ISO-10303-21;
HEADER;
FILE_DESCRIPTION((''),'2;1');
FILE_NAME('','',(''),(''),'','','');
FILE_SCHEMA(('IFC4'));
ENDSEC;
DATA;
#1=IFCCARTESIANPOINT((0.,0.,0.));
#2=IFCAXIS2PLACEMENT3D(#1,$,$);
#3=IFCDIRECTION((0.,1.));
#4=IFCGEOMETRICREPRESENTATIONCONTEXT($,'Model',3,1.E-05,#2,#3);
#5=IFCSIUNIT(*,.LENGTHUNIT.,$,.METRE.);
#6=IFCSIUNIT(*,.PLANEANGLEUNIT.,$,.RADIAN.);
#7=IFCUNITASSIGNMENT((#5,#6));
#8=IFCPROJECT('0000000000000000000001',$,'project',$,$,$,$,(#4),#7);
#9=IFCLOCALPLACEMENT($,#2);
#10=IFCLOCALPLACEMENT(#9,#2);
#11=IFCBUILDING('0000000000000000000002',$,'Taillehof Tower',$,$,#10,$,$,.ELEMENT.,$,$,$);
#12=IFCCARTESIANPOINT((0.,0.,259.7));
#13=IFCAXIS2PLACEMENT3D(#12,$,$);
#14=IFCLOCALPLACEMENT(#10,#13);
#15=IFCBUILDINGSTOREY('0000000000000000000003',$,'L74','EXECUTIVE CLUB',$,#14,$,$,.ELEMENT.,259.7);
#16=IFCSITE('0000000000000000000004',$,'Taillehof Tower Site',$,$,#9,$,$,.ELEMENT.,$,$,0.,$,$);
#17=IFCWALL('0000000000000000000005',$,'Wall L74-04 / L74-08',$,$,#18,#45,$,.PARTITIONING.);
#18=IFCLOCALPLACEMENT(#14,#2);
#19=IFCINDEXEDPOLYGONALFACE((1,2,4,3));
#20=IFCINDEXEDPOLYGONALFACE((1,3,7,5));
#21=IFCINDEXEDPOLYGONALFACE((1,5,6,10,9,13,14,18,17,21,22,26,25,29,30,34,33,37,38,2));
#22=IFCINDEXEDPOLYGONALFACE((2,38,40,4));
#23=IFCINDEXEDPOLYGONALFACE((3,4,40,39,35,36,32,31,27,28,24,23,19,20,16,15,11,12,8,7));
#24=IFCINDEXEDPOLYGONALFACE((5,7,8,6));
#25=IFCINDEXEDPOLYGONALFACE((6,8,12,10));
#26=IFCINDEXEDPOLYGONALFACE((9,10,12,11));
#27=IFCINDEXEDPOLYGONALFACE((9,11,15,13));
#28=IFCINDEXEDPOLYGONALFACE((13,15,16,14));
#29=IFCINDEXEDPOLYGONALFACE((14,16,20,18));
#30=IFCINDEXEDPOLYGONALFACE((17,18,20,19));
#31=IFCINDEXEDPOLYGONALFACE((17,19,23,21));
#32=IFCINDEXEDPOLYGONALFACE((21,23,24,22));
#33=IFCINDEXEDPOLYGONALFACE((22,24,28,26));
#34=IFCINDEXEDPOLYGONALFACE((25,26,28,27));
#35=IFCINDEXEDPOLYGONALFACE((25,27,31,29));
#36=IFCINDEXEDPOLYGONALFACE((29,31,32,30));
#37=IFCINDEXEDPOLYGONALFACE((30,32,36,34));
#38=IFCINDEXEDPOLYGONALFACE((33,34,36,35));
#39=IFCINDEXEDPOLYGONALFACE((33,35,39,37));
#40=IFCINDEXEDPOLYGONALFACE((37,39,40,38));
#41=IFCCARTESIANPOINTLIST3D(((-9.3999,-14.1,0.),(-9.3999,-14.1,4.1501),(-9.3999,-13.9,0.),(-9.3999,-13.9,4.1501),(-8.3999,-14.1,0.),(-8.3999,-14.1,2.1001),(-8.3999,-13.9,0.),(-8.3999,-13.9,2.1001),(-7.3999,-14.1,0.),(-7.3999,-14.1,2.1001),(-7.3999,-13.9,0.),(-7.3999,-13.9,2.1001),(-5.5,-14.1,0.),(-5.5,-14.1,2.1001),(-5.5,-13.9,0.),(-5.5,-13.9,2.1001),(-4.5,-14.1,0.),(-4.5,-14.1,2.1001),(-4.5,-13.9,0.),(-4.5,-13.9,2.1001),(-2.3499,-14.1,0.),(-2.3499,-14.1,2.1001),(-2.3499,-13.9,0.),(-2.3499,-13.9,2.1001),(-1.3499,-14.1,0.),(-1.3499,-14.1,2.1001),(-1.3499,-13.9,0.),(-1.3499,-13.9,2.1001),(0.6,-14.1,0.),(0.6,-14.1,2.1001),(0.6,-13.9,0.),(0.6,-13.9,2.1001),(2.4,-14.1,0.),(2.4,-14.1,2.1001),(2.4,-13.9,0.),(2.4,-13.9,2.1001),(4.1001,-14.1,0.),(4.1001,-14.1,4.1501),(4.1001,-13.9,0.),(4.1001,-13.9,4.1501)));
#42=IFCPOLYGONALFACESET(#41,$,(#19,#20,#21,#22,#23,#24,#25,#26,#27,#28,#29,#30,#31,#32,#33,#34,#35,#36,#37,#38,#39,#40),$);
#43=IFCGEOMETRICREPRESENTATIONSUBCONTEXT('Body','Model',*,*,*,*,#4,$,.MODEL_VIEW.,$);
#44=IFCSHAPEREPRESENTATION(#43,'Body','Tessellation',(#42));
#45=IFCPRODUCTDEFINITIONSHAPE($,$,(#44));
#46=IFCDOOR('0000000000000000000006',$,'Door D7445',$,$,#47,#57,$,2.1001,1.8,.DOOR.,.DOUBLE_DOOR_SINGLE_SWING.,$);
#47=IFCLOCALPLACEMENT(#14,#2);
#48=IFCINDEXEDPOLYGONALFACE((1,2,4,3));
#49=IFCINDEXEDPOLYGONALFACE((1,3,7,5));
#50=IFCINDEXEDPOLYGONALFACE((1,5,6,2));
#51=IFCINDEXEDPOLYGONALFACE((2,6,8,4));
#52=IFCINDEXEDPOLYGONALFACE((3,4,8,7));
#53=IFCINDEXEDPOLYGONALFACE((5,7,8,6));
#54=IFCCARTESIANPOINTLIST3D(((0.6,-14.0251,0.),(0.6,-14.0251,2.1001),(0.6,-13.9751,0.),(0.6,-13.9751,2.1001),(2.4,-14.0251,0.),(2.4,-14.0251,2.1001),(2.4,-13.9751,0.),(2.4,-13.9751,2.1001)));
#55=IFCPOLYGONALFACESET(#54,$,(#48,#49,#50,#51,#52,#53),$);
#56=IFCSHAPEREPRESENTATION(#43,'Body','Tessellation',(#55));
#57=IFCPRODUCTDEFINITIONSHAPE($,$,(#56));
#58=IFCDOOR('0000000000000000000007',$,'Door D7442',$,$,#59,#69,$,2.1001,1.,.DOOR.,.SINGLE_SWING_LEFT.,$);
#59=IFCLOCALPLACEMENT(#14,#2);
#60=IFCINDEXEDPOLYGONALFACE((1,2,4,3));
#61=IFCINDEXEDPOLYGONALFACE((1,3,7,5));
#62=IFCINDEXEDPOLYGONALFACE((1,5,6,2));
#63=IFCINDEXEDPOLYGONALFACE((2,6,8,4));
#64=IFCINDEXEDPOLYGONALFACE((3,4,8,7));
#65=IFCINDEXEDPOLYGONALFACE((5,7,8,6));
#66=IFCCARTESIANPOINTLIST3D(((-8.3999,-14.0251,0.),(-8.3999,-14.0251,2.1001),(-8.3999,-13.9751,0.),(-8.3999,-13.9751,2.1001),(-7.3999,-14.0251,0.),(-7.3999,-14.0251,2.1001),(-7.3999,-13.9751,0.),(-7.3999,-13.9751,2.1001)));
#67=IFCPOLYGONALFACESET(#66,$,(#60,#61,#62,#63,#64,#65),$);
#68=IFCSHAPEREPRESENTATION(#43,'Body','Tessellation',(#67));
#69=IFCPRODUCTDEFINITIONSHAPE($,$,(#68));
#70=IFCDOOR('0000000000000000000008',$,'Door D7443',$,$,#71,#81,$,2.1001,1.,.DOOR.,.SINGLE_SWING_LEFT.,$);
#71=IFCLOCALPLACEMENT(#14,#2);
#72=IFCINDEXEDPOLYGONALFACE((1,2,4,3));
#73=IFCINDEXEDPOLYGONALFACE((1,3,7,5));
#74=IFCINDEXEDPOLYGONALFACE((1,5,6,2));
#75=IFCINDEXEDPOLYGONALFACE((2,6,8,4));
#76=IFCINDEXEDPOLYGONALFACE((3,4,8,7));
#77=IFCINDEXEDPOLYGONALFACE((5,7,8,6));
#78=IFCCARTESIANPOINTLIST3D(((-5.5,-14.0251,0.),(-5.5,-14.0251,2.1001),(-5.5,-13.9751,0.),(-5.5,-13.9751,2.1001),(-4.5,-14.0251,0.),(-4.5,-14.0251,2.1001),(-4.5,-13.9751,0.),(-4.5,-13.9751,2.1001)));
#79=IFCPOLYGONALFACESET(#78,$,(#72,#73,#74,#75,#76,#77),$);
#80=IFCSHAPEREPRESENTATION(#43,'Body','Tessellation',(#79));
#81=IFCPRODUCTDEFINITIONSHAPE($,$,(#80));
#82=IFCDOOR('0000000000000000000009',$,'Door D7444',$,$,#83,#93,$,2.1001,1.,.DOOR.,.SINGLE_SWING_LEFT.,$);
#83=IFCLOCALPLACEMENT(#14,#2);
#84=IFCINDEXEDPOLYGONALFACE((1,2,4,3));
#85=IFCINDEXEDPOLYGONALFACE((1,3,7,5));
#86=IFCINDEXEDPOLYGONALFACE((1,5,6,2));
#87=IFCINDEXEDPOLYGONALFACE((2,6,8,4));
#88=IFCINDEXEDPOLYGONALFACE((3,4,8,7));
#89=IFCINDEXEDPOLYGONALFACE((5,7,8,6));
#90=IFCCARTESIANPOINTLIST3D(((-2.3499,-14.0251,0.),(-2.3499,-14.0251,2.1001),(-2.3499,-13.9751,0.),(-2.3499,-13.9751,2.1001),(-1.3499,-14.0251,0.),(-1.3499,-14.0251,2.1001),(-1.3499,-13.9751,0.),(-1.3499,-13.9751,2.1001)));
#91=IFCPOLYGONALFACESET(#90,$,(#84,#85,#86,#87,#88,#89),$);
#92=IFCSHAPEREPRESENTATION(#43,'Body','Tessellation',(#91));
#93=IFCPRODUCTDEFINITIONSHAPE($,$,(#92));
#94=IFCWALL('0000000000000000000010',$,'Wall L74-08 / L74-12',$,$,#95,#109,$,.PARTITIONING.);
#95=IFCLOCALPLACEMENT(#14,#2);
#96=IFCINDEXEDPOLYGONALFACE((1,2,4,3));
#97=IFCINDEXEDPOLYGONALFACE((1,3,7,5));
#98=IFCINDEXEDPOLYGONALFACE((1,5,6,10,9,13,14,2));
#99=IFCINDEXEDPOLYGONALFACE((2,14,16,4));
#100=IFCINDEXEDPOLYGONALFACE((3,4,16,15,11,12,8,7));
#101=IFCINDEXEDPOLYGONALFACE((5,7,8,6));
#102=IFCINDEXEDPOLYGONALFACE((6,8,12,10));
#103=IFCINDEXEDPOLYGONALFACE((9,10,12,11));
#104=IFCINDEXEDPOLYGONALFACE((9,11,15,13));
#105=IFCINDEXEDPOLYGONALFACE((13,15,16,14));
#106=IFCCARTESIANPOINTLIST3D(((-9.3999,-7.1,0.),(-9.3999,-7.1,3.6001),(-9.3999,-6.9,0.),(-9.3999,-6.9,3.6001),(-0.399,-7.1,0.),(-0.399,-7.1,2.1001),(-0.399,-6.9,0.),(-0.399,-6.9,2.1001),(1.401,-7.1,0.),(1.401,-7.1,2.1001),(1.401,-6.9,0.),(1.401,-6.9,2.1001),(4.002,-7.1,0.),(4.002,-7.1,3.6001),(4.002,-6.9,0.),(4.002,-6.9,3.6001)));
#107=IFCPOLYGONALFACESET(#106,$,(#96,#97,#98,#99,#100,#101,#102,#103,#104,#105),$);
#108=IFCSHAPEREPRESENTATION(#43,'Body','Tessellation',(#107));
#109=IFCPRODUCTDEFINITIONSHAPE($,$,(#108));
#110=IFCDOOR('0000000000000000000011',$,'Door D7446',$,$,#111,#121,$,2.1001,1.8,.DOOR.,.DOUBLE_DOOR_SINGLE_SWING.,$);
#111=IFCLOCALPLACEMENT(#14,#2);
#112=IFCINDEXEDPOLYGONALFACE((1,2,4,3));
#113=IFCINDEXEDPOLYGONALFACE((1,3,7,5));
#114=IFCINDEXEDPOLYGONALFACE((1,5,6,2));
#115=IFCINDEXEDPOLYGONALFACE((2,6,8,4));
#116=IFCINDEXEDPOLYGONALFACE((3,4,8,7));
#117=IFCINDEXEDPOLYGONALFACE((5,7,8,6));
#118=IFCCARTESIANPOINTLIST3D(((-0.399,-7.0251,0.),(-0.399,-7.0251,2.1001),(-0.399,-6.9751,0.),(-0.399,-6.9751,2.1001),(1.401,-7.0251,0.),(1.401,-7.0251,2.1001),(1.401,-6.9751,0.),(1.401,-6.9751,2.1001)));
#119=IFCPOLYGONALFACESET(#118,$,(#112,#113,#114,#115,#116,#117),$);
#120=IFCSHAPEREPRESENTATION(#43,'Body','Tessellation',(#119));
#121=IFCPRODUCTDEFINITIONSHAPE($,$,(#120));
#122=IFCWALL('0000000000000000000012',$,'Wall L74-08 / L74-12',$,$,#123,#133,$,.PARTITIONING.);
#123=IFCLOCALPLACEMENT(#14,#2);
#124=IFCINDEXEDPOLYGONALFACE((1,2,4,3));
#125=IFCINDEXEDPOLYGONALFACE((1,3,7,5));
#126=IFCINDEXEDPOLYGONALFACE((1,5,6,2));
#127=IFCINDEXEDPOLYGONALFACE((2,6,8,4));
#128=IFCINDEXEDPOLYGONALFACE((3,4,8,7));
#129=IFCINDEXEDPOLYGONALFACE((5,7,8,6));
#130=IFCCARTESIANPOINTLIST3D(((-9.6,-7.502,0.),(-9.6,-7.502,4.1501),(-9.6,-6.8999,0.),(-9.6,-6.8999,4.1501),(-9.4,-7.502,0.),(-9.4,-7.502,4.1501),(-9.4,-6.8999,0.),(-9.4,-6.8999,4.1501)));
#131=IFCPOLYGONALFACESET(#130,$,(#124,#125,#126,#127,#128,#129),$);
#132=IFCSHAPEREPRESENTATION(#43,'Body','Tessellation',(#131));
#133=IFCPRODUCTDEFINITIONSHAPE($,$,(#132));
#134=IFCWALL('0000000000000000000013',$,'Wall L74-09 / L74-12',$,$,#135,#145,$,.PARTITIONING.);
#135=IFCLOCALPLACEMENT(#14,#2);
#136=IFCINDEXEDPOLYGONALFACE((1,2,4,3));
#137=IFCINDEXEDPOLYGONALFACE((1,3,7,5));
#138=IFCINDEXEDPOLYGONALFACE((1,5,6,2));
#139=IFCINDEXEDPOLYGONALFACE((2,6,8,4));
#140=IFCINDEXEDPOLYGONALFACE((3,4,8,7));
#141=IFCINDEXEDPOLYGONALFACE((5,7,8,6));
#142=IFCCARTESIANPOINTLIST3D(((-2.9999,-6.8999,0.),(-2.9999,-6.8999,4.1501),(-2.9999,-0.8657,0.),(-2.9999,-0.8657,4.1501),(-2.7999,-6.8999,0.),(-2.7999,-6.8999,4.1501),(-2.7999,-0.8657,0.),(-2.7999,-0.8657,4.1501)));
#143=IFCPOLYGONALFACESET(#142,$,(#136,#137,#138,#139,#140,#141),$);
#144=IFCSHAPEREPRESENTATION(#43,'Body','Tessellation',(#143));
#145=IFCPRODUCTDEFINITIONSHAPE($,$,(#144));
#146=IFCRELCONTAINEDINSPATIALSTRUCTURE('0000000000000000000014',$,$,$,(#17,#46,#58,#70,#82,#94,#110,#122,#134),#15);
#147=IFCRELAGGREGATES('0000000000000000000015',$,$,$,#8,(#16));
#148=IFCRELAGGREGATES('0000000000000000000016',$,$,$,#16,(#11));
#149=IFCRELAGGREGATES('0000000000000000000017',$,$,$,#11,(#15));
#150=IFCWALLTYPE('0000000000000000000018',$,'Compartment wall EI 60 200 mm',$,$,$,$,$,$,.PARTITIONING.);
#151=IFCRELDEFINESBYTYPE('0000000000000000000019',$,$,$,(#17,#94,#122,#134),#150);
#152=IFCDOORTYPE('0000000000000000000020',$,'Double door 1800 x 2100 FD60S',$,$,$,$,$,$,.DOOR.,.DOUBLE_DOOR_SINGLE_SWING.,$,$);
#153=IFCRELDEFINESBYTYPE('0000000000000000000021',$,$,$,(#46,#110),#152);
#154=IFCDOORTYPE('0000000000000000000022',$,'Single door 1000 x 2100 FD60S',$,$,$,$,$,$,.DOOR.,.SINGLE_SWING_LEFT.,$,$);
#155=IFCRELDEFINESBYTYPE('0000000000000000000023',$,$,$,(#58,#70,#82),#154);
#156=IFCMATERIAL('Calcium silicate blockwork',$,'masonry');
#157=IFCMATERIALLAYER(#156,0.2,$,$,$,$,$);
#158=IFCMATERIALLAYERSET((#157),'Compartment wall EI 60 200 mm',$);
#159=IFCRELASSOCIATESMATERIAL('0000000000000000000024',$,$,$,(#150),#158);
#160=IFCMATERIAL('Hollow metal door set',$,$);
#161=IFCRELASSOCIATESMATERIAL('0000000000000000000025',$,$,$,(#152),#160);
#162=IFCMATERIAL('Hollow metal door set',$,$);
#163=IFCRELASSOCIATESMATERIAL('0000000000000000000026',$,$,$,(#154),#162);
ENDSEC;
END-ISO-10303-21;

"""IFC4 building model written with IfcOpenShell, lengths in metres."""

from ifc_helpers import new_model, si_unit, direction, frame, frame_2d, origin, place, context, subcontext, project, spatial, rectangle, extrude, material, layer, layer_set, type_object, element, fill, save


model = new_model("IFC4")

# Units and contexts
model_context = context("Model", 3, precision=1e-05, world=origin(), true_north=direction((0.0, 1.0)))
body_context = subcontext(model_context, "Body", "Model", "MODEL_VIEW")
ifc_project = project(units=[si_unit("LENGTHUNIT", "METRE"), si_unit("PLANEANGLEUNIT", "RADIAN")], contexts=[model_context])

# Site, building, storey
site_placement = place(None, origin())
site = spatial("IfcSite", under=ifc_project, at=site_placement, Name="Taillehof Tower Site", CompositionType="ELEMENT", RefElevation=0.0)
building_placement = place(site_placement, origin())
building = spatial("IfcBuilding", under=site, at=building_placement, Name="Taillehof Tower", CompositionType="ELEMENT")
storey_placement = place(building_placement, frame((0.0, 0.0, 259.7)))
storey = spatial("IfcBuildingStorey", under=building, at=storey_placement, Name="L74", Description="EXECUTIVE CLUB", CompositionType="ELEMENT", Elevation=259.7)

# Wall, openings, doors
ifc_material_1 = material(Name="Calcium silicate blockwork", Category="masonry")
ifc_layer_1 = layer(ifc_material_1, 0.2)
ifc_layer_set_1 = layer_set([ifc_layer_1], Name="Compartment wall EI 60 200 mm")
wall_type_1 = type_object("IfcWallType", Name="Compartment wall EI 60 200 mm", PredefinedType="PARTITIONING", material=ifc_layer_set_1)
wall_1_placement = place(storey_placement, frame((-9.3999, -14.0, 0.0), z_axis=(0.0, 0.0, 1.0), x_axis=(1.0, 0.0, 0.0)))
wall_1 = element("IfcWall", 1, at=wall_1_placement, inside=storey, type_object=wall_type_1, Name="Wall L74-04 / L74-08", PredefinedType="PARTITIONING", context=body_context, shape_type="SweptSolid", body=[
    extrude(rectangle(XDim=13.5, YDim=0.2, at=frame_2d((6.75, 0.0))), origin(), (0.0, 0.0, 1.0), 4.1501),
])
opening_1_placement = place(wall_1_placement, frame((10.0, 0.0, 0.0)))
opening_1 = element("IfcOpeningElement", 2, at=opening_1_placement, cuts=wall_1, PredefinedType="OPENING", context=body_context, shape_type="SweptSolid", body=[
    extrude(rectangle(XDim=1.8, YDim=2.1001, at=frame_2d((0.8999, 1.05))), frame((0.0, 0.1099, 0.0), z_axis=(0.0, -1.0, 0.0), x_axis=(1.0, 0.0, 0.0)), (0.0, 0.0, 1.0), 0.22),
])
opening_2_placement = place(wall_1_placement, frame((1.0, 0.0, 0.0)))
opening_2 = element("IfcOpeningElement", 3, at=opening_2_placement, cuts=wall_1, PredefinedType="OPENING", context=body_context, shape_type="SweptSolid", body=[
    extrude(rectangle(XDim=1.0, YDim=2.1001, at=frame_2d((0.5, 1.05))), frame((0.0, 0.1099, 0.0), z_axis=(0.0, -1.0, 0.0), x_axis=(1.0, 0.0, 0.0)), (0.0, 0.0, 1.0), 0.22),
])
opening_3_placement = place(wall_1_placement, frame((3.8999, 0.0, 0.0)))
opening_3 = element("IfcOpeningElement", 4, at=opening_3_placement, cuts=wall_1, PredefinedType="OPENING", context=body_context, shape_type="SweptSolid", body=[
    extrude(rectangle(XDim=1.0, YDim=2.1001, at=frame_2d((0.5, 1.05))), frame((0.0, 0.1099, 0.0), z_axis=(0.0, -1.0, 0.0), x_axis=(1.0, 0.0, 0.0)), (0.0, 0.0, 1.0), 0.22),
])
opening_4_placement = place(wall_1_placement, frame((7.05, 0.0, 0.0)))
opening_4 = element("IfcOpeningElement", 5, at=opening_4_placement, cuts=wall_1, PredefinedType="OPENING", context=body_context, shape_type="SweptSolid", body=[
    extrude(rectangle(XDim=1.0, YDim=2.1001, at=frame_2d((0.5, 1.05))), frame((0.0, 0.1099, 0.0), z_axis=(0.0, -1.0, 0.0), x_axis=(1.0, 0.0, 0.0)), (0.0, 0.0, 1.0), 0.22),
])
ifc_material_2 = material(Name="Hollow metal door set")
door_type_1 = type_object("IfcDoorType", Name="Double door 1800 x 2100 FD60S", OperationType="DOUBLE_DOOR_SINGLE_SWING", PredefinedType="DOOR", material=ifc_material_2)
door_1_placement = place(opening_1_placement, origin())
door_1 = element("IfcDoor", 6, at=door_1_placement, inside=storey, type_object=door_type_1, Name="Door D7445", OperationType="DOUBLE_DOOR_SINGLE_SWING", OverallHeight=2.1001, OverallWidth=1.8, PredefinedType="DOOR", context=body_context, shape_type="SweptSolid", body=[
    extrude(rectangle(XDim=1.8, YDim=2.1001, at=frame_2d((0.8999, 1.05))), frame((0.0, 0.0249, 0.0), z_axis=(0.0, -1.0, 0.0), x_axis=(1.0, 0.0, 0.0)), (0.0, 0.0, 1.0), 0.05),
])
fill(opening_1, door_1)
ifc_material_3 = material(Name="Hollow metal door set")
door_type_2 = type_object("IfcDoorType", Name="Single door 1000 x 2100 FD60S", OperationType="SINGLE_SWING_LEFT", PredefinedType="DOOR", material=ifc_material_3)
door_2_placement = place(opening_2_placement, origin())
door_2 = element("IfcDoor", 7, at=door_2_placement, inside=storey, type_object=door_type_2, Name="Door D7442", OperationType="SINGLE_SWING_LEFT", OverallHeight=2.1001, OverallWidth=1.0, PredefinedType="DOOR", context=body_context, shape_type="SweptSolid", body=[
    extrude(rectangle(XDim=1.0, YDim=2.1001, at=frame_2d((0.5, 1.05))), frame((0.0, 0.0249, 0.0), z_axis=(0.0, -1.0, 0.0), x_axis=(1.0, 0.0, 0.0)), (0.0, 0.0, 1.0), 0.05),
])
fill(opening_2, door_2)
door_3_placement = place(opening_3_placement, origin())
door_3 = element("IfcDoor", 8, at=door_3_placement, inside=storey, type_object=door_type_2, Name="Door D7443", OperationType="SINGLE_SWING_LEFT", OverallHeight=2.1001, OverallWidth=1.0, PredefinedType="DOOR", context=body_context, shape_type="SweptSolid", body=[
    extrude(rectangle(XDim=1.0, YDim=2.1001, at=frame_2d((0.5, 1.05))), frame((0.0, 0.0249, 0.0), z_axis=(0.0, -1.0, 0.0), x_axis=(1.0, 0.0, 0.0)), (0.0, 0.0, 1.0), 0.05),
])
fill(opening_3, door_3)
door_4_placement = place(opening_4_placement, origin())
door_4 = element("IfcDoor", 9, at=door_4_placement, inside=storey, type_object=door_type_2, Name="Door D7444", OperationType="SINGLE_SWING_LEFT", OverallHeight=2.1001, OverallWidth=1.0, PredefinedType="DOOR", context=body_context, shape_type="SweptSolid", body=[
    extrude(rectangle(XDim=1.0, YDim=2.1001, at=frame_2d((0.5, 1.05))), frame((0.0, 0.0249, 0.0), z_axis=(0.0, -1.0, 0.0), x_axis=(1.0, 0.0, 0.0)), (0.0, 0.0, 1.0), 0.05),
])
fill(opening_4, door_4)

# Wall, opening, door
wall_2_placement = place(storey_placement, frame((-9.3999, -7.0, 0.0), z_axis=(0.0, 0.0, 1.0), x_axis=(1.0, 0.0, 0.0)))
wall_2 = element("IfcWall", 10, at=wall_2_placement, inside=storey, type_object=wall_type_1, Name="Wall L74-08 / L74-12", PredefinedType="PARTITIONING", context=body_context, shape_type="SweptSolid", body=[
    extrude(rectangle(XDim=13.4019, YDim=0.2, at=frame_2d((6.7009, 0.0))), origin(), (0.0, 0.0, 1.0), 3.6001),
])
opening_5_placement = place(wall_2_placement, frame((9.001, 0.0, 0.0)))
opening_5 = element("IfcOpeningElement", 11, at=opening_5_placement, cuts=wall_2, PredefinedType="OPENING", context=body_context, shape_type="SweptSolid", body=[
    extrude(rectangle(XDim=1.8, YDim=2.1001, at=frame_2d((0.8999, 1.05))), frame((0.0, 0.1099, 0.0), z_axis=(0.0, -1.0, 0.0), x_axis=(1.0, 0.0, 0.0)), (0.0, 0.0, 1.0), 0.22),
])
door_5_placement = place(opening_5_placement, origin())
door_5 = element("IfcDoor", 12, at=door_5_placement, inside=storey, type_object=door_type_1, Name="Door D7446", OperationType="DOUBLE_DOOR_SINGLE_SWING", OverallHeight=2.1001, OverallWidth=1.8, PredefinedType="DOOR", context=body_context, shape_type="SweptSolid", body=[
    extrude(rectangle(XDim=1.8, YDim=2.1001, at=frame_2d((0.8999, 1.05))), frame((0.0, 0.0249, 0.0), z_axis=(0.0, -1.0, 0.0), x_axis=(1.0, 0.0, 0.0)), (0.0, 0.0, 1.0), 0.05),
])
fill(opening_5, door_5)

# Walls
wall_3_placement = place(storey_placement, frame((-9.5, -7.502, 0.0), z_axis=(0.0, 0.0, 1.0), x_axis=(0.0, 1.0, 0.0)))
element("IfcWall", 13, at=wall_3_placement, inside=storey, type_object=wall_type_1, Name="Wall L74-08 / L74-12", PredefinedType="PARTITIONING", context=body_context, shape_type="SweptSolid", body=[
    extrude(rectangle(XDim=0.6021, YDim=0.2, at=frame_2d((0.301, 0.0))), origin(), (0.0, 0.0, 1.0), 4.1501),
])
wall_4_placement = place(storey_placement, frame((-2.8999, -6.8999, 0.0), z_axis=(0.0, 0.0, 1.0), x_axis=(0.0, 1.0, 0.0)))
element("IfcWall", 14, at=wall_4_placement, inside=storey, type_object=wall_type_1, Name="Wall L74-09 / L74-12", PredefinedType="PARTITIONING", context=body_context, shape_type="SweptSolid", body=[
    extrude(rectangle(XDim=6.0342, YDim=0.2, at=frame_2d((3.0171, 0.0))), origin(), (0.0, 0.0, 1.0), 4.1501),
])

save(model, "model.ifc")
